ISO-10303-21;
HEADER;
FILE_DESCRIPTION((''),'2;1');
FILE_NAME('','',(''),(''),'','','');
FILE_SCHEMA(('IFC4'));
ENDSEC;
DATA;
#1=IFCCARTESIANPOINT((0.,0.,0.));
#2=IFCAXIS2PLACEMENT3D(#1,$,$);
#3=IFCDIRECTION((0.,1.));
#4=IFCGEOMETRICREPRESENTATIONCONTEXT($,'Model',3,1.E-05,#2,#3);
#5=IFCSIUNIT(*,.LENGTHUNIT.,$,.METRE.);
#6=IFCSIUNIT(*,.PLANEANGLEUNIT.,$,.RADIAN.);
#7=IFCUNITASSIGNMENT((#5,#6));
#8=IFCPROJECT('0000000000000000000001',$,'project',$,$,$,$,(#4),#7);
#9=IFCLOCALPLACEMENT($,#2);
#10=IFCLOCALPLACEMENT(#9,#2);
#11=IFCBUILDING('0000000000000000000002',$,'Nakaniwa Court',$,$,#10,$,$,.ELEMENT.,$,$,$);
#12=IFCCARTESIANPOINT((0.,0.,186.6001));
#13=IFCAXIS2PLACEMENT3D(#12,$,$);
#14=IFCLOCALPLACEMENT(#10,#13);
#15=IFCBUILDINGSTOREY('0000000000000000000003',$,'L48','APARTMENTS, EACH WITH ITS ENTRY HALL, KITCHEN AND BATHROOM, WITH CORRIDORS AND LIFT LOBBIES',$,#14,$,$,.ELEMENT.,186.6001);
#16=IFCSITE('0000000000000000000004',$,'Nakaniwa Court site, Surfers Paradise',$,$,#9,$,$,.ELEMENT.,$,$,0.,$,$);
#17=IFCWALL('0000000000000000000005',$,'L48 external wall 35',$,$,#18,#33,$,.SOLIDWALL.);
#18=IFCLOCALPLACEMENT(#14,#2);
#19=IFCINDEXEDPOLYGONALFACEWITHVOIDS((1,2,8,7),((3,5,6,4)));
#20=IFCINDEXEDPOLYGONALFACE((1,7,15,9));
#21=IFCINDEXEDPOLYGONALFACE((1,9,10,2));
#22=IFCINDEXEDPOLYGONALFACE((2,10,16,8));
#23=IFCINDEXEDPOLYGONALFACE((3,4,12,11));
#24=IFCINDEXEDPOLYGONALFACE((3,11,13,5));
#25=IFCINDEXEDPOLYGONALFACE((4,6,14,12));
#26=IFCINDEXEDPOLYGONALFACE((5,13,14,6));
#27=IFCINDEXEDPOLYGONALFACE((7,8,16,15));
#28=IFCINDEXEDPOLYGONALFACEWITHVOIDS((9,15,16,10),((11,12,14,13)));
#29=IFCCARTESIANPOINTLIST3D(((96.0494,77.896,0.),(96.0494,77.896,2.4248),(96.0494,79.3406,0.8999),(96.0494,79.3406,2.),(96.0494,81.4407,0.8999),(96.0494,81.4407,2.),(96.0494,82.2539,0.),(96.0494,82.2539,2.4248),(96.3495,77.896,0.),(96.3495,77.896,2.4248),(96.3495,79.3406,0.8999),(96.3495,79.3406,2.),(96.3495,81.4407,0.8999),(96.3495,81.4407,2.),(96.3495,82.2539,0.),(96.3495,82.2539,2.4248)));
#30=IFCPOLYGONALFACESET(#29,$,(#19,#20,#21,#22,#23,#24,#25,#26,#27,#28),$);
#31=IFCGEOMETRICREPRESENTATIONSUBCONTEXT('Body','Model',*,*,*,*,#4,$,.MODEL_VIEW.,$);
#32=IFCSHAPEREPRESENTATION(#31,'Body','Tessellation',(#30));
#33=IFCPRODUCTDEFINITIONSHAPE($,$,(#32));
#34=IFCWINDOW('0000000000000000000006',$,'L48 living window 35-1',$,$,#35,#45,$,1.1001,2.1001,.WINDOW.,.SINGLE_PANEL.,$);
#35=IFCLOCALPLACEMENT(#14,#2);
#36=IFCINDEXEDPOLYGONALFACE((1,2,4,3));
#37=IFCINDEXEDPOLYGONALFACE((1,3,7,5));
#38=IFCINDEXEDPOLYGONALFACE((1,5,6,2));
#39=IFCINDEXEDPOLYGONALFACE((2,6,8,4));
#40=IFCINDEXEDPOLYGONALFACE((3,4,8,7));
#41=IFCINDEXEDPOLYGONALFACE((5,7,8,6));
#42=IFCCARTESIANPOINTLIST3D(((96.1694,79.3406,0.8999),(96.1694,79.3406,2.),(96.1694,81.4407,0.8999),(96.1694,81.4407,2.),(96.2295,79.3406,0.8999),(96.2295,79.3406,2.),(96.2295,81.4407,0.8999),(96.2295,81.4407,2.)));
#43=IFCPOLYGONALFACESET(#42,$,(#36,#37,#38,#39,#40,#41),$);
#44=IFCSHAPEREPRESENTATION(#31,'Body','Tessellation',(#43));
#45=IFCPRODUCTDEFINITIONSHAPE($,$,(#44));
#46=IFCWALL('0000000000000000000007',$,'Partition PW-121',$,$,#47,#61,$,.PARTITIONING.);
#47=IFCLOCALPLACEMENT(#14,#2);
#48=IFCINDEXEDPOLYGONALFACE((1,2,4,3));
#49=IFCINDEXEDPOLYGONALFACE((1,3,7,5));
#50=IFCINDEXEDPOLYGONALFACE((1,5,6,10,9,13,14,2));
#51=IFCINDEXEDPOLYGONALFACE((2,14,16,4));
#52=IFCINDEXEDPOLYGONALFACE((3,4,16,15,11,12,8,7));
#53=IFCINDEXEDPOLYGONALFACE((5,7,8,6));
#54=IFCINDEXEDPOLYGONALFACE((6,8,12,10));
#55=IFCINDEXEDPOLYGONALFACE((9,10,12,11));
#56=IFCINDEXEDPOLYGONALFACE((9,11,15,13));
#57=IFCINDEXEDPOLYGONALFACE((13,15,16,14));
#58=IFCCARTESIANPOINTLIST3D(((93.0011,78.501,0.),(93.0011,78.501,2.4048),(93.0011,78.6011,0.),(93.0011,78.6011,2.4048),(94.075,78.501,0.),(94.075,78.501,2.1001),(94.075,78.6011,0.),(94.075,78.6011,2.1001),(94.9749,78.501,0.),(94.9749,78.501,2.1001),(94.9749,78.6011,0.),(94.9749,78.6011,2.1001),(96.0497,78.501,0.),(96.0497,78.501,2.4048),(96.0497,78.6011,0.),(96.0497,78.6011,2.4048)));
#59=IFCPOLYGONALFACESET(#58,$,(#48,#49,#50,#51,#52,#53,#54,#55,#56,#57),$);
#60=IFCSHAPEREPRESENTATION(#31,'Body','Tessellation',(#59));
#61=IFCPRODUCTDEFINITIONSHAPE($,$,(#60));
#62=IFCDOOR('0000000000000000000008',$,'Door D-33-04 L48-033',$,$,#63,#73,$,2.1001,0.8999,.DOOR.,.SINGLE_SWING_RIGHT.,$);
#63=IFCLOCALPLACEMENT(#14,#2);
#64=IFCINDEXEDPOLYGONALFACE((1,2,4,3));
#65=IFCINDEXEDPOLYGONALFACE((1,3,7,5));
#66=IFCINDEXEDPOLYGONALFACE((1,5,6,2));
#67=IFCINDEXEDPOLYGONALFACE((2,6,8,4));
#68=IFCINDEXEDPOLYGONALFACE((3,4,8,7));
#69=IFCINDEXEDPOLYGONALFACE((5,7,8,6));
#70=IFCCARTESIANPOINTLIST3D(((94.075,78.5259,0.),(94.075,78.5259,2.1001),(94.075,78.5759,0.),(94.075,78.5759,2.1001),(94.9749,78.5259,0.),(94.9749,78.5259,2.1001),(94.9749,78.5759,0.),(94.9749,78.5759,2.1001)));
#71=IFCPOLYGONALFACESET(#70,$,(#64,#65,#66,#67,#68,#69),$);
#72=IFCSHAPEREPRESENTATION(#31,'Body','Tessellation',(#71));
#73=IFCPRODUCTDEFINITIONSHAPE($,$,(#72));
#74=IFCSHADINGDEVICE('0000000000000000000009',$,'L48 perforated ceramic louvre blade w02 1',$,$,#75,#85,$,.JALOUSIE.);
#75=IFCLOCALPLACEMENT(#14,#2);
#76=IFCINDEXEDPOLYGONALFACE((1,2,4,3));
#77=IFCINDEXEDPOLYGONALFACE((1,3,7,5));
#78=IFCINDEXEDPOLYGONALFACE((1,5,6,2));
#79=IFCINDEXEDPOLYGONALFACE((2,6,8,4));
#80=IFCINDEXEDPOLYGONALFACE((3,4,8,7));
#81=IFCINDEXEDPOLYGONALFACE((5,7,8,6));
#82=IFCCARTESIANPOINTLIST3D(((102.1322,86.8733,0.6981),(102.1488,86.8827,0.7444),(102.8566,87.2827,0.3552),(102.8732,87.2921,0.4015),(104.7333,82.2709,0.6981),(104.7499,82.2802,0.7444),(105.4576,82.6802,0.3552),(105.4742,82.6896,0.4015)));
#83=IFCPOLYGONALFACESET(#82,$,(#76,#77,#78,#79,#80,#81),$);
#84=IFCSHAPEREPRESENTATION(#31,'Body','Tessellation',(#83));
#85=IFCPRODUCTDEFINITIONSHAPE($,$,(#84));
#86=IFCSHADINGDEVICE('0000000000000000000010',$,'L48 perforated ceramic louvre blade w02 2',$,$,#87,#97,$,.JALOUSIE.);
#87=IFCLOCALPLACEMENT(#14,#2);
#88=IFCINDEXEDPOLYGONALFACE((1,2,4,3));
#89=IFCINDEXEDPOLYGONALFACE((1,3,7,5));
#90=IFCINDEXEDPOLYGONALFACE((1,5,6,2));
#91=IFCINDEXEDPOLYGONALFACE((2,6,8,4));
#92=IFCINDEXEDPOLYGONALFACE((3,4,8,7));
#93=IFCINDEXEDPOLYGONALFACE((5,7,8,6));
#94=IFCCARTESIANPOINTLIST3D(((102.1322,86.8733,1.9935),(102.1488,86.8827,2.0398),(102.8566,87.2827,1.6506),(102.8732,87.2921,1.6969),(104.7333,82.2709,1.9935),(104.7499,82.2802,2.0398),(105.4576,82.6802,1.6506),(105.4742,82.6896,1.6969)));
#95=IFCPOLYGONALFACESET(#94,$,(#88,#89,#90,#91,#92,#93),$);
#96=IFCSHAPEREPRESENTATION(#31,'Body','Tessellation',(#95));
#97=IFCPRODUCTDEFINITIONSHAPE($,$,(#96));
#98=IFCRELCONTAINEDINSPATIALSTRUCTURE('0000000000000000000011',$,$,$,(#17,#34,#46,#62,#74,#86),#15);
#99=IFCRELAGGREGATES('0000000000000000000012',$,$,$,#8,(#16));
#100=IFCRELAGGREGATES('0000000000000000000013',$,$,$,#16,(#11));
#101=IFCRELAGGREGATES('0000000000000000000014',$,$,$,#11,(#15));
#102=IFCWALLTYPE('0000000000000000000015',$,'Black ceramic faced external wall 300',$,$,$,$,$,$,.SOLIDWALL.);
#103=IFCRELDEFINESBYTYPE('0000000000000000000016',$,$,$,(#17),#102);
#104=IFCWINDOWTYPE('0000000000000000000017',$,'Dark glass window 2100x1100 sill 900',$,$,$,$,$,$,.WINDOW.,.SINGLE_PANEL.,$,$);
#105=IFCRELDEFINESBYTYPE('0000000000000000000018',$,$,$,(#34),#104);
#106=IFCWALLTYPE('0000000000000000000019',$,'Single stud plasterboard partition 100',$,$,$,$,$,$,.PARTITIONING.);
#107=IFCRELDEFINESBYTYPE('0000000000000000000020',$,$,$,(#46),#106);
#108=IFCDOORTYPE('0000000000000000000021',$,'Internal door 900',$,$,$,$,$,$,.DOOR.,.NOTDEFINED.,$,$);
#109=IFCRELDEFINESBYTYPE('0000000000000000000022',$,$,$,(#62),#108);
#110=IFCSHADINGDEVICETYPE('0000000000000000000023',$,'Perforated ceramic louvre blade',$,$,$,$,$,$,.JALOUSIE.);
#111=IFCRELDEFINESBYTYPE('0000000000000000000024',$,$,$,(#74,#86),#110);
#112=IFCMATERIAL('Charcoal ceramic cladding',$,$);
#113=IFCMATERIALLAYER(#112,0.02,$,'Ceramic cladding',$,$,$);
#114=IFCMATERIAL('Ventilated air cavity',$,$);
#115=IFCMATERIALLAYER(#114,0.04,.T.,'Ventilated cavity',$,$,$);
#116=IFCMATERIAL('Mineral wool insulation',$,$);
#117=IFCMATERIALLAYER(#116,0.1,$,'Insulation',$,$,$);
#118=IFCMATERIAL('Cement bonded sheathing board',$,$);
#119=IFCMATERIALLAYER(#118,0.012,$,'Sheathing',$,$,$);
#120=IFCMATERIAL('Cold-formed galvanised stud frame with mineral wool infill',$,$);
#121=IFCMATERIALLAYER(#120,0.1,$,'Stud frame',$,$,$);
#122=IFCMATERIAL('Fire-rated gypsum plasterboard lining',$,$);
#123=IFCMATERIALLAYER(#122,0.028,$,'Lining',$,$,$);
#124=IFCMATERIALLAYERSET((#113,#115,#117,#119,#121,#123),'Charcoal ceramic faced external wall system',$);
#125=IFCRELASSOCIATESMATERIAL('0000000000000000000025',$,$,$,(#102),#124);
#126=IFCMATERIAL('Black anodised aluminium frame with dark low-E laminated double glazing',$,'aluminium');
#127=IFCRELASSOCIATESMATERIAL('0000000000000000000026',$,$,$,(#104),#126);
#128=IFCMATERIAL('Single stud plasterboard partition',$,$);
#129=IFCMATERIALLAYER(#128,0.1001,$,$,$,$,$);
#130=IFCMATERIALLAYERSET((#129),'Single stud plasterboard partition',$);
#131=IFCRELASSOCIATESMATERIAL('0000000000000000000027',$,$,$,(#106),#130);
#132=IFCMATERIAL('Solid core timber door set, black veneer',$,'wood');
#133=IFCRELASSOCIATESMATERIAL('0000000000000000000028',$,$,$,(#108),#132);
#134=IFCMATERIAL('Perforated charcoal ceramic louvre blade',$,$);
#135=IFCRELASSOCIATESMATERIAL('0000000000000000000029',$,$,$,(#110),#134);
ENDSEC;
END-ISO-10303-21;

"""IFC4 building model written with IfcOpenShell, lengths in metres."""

from ifc_helpers import new_model, si_unit, direction, frame, frame_2d, origin, origin_2d, place, context, subcontext, project, spatial, rectangle, extrude, material, layer, layer_set, material_profile, profile_set, type_object, element, fill, save


model = new_model("IFC4")

# Units and contexts
model_context = context("Model", 3, precision=1e-05, world=origin(), true_north=direction((0.0, 1.0)))
body_context = subcontext(model_context, "Body", "Model", "MODEL_VIEW")
ifc_project = project(units=[si_unit("LENGTHUNIT", "METRE"), si_unit("PLANEANGLEUNIT", "RADIAN")], contexts=[model_context])

# Site, building, storey
site_placement = place(None, origin())
site = spatial("IfcSite", under=ifc_project, at=site_placement, Name="Nakaniwa Court site, Surfers Paradise", CompositionType="ELEMENT", RefElevation=0.0)
building_placement = place(site_placement, origin())
building = spatial("IfcBuilding", under=site, at=building_placement, Name="Nakaniwa Court", CompositionType="ELEMENT")
storey_placement = place(building_placement, frame((0.0, 0.0, 186.6001)))
storey = spatial("IfcBuildingStorey", under=building, at=storey_placement, Name="L48", Description="APARTMENTS, EACH WITH ITS ENTRY HALL, KITCHEN AND BATHROOM, WITH CORRIDORS AND LIFT LOBBIES", CompositionType="ELEMENT", Elevation=186.6001)

# Shared definitions
ifc_material_1 = material(Name="Charcoal ceramic cladding")
ifc_layer_1 = layer(ifc_material_1, 0.02, Name="Ceramic cladding")
ifc_material_2 = material(Name="Ventilated air cavity")
ifc_layer_2 = layer(ifc_material_2, 0.04, ventilated=True, Name="Ventilated cavity")
ifc_material_3 = material(Name="Mineral wool insulation")
ifc_layer_3 = layer(ifc_material_3, 0.1, Name="Insulation")
ifc_material_4 = material(Name="Cement bonded sheathing board")
ifc_layer_4 = layer(ifc_material_4, 0.012, Name="Sheathing")
ifc_material_5 = material(Name="Cold-formed galvanised stud frame with mineral wool infill")
ifc_layer_5 = layer(ifc_material_5, 0.1, Name="Stud frame")
ifc_material_6 = material(Name="Fire-rated gypsum plasterboard lining")
ifc_layer_6 = layer(ifc_material_6, 0.028, Name="Lining")
ifc_layer_set_1 = layer_set([ifc_layer_1, ifc_layer_2, ifc_layer_3, ifc_layer_4, ifc_layer_5, ifc_layer_6], Name="Charcoal ceramic faced external wall system")
wall_type_1 = type_object("IfcWallType", Name="Black ceramic faced external wall 300", PredefinedType="SOLIDWALL", material=ifc_layer_set_1)

# Shared definitions
ifc_material_7 = material(Name="Black anodised aluminium frame with dark low-E laminated double glazing", Category="aluminium")

# Wall, opening, window
wall_1_placement = place(storey_placement, frame((96.1995, 77.896, 0.0), z_axis=(0.0, 0.0, 1.0), x_axis=(0.0, 1.0, 0.0)))
wall_1 = element("IfcWall", 1, at=wall_1_placement, inside=storey, type_object=wall_type_1, Name="L48 external wall 35", PredefinedType="SOLIDWALL", context=body_context, shape_type="SweptSolid", body=[
    extrude(rectangle(XDim=4.3579, YDim=0.3, at=frame_2d((2.179, 0.0))), origin(), (0.0, 0.0, 1.0), 2.4248),
])
opening_1_placement = place(wall_1_placement, frame((1.4446, 0.0, 0.8999)))
opening_1 = element("IfcOpeningElement", 2, at=opening_1_placement, cuts=wall_1, PredefinedType="OPENING", context=body_context, shape_type="SweptSolid", body=[
    extrude(rectangle(XDim=2.1001, YDim=1.1001, at=frame_2d((1.05, 0.55))), frame((0.0, 0.1599, 0.0), z_axis=(0.0, -1.0, 0.0), x_axis=(1.0, 0.0, 0.0)), (0.0, 0.0, 1.0), 0.3201),
])
window_type_1 = type_object("IfcWindowType", Name="Dark glass window 2100x1100 sill 900", PartitioningType="SINGLE_PANEL", PredefinedType="WINDOW", material=ifc_material_7)
window_1_placement = place(opening_1_placement, origin())
window_1 = element("IfcWindow", 3, at=window_1_placement, inside=storey, type_object=window_type_1, Name="L48 living window 35-1", OverallHeight=1.1001, OverallWidth=2.1001, PartitioningType="SINGLE_PANEL", PredefinedType="WINDOW", context=body_context, shape_type="SweptSolid", body=[
    extrude(rectangle(XDim=2.1001, YDim=1.1001, at=frame_2d((1.05, 0.55))), frame((0.0, 0.03, 0.0), z_axis=(0.0, -1.0, 0.0), x_axis=(1.0, 0.0, 0.0)), (0.0, 0.0, 1.0), 0.0601),
])
fill(opening_1, window_1)

# Wall, opening, door
ifc_material_8 = material(Name="Single stud plasterboard partition")
ifc_layer_7 = layer(ifc_material_8, 0.1001)
ifc_layer_set_2 = layer_set([ifc_layer_7], Name="Single stud plasterboard partition")
wall_type_2 = type_object("IfcWallType", Name="Single stud plasterboard partition 100", PredefinedType="PARTITIONING", material=ifc_layer_set_2)
wall_2_placement = place(storey_placement, frame((93.001, 78.551, 0.0), z_axis=(0.0, 0.0, 1.0), x_axis=(1.0, 0.0, 0.0)))
wall_2 = element("IfcWall", 4, at=wall_2_placement, inside=storey, type_object=wall_type_2, Name="Partition PW-121", PredefinedType="PARTITIONING", context=body_context, shape_type="SweptSolid", body=[
    extrude(rectangle(XDim=3.0486, YDim=0.1001, at=frame_2d((1.5244, 0.0))), origin(), (0.0, 0.0, 1.0), 2.4048),
])
opening_2_placement = place(wall_2_placement, frame((1.074, 0.0, 0.0)))
opening_2 = element("IfcOpeningElement", 5, at=opening_2_placement, cuts=wall_2, PredefinedType="OPENING", context=body_context, shape_type="SweptSolid", body=[
    extrude(rectangle(XDim=0.8999, YDim=2.1001, at=frame_2d((0.45, 1.05))), frame((0.0, 0.0601, 0.0), z_axis=(0.0, -1.0, 0.0), x_axis=(1.0, 0.0, 0.0)), (0.0, 0.0, 1.0), 0.1201),
])
ifc_material_9 = material(Name="Solid core timber door set, black veneer", Category="wood")
door_type = type_object("IfcDoorType", Name="Internal door 900", OperationType="NOTDEFINED", PredefinedType="DOOR", material=ifc_material_9)
door_placement = place(opening_2_placement, origin())
door = element("IfcDoor", 6, at=door_placement, inside=storey, type_object=door_type, Name="Door D-33-04 L48-033", OperationType="SINGLE_SWING_RIGHT", OverallHeight=2.1001, OverallWidth=0.8999, PredefinedType="DOOR", context=body_context, shape_type="SweptSolid", body=[
    extrude(rectangle(XDim=0.8999, YDim=2.1001, at=frame_2d((0.45, 1.05))), frame((0.0, 0.0249, 0.0), z_axis=(0.0, -1.0, 0.0), x_axis=(1.0, 0.0, 0.0)), (0.0, 0.0, 1.0), 0.05),
])
fill(opening_2, door)

# Shading devices
ifc_material_10 = material(Name="Perforated charcoal ceramic louvre blade")
ifc_material_profile_1 = material_profile(ifc_material_10, rectangle(XDim=0.8999, YDim=0.05, at=origin_2d()), Name="Perforated ceramic louvre blade")
ifc_profile_set_1 = profile_set([ifc_material_profile_1], Name="Perforated charcoal ceramic louvre blade")
shading_device_type = type_object("IfcShadingDeviceType", Name="Perforated ceramic louvre blade", PredefinedType="JALOUSIE", material=ifc_profile_set_1)
for number, where, z_axis, x_axis, name in (
    (7, (105.1038, 82.4802, 0.5498), (-0.492006, 0.870592, 0.0), (-0.804902, -0.454882, 0.38107), "L48 perforated ceramic louvre blade w02 1"),
    (8, (105.1038, 82.4802, 1.8452), (-0.492006, 0.870592, 0.0), (-0.804902, -0.454882, 0.38107), "L48 perforated ceramic louvre blade w02 2"),
):
    element("IfcShadingDevice", number, at=place(storey_placement, frame(where, z_axis=z_axis, x_axis=x_axis)), inside=storey, type_object=shading_device_type, Name=name, PredefinedType="JALOUSIE", context=body_context, shape_type="SweptSolid", body=[
        extrude(rectangle(XDim=0.8999, YDim=0.05, at=origin_2d()), origin(), (0.0, 0.0, 1.0), 5.2866),
    ])

save(model, "model.ifc")
